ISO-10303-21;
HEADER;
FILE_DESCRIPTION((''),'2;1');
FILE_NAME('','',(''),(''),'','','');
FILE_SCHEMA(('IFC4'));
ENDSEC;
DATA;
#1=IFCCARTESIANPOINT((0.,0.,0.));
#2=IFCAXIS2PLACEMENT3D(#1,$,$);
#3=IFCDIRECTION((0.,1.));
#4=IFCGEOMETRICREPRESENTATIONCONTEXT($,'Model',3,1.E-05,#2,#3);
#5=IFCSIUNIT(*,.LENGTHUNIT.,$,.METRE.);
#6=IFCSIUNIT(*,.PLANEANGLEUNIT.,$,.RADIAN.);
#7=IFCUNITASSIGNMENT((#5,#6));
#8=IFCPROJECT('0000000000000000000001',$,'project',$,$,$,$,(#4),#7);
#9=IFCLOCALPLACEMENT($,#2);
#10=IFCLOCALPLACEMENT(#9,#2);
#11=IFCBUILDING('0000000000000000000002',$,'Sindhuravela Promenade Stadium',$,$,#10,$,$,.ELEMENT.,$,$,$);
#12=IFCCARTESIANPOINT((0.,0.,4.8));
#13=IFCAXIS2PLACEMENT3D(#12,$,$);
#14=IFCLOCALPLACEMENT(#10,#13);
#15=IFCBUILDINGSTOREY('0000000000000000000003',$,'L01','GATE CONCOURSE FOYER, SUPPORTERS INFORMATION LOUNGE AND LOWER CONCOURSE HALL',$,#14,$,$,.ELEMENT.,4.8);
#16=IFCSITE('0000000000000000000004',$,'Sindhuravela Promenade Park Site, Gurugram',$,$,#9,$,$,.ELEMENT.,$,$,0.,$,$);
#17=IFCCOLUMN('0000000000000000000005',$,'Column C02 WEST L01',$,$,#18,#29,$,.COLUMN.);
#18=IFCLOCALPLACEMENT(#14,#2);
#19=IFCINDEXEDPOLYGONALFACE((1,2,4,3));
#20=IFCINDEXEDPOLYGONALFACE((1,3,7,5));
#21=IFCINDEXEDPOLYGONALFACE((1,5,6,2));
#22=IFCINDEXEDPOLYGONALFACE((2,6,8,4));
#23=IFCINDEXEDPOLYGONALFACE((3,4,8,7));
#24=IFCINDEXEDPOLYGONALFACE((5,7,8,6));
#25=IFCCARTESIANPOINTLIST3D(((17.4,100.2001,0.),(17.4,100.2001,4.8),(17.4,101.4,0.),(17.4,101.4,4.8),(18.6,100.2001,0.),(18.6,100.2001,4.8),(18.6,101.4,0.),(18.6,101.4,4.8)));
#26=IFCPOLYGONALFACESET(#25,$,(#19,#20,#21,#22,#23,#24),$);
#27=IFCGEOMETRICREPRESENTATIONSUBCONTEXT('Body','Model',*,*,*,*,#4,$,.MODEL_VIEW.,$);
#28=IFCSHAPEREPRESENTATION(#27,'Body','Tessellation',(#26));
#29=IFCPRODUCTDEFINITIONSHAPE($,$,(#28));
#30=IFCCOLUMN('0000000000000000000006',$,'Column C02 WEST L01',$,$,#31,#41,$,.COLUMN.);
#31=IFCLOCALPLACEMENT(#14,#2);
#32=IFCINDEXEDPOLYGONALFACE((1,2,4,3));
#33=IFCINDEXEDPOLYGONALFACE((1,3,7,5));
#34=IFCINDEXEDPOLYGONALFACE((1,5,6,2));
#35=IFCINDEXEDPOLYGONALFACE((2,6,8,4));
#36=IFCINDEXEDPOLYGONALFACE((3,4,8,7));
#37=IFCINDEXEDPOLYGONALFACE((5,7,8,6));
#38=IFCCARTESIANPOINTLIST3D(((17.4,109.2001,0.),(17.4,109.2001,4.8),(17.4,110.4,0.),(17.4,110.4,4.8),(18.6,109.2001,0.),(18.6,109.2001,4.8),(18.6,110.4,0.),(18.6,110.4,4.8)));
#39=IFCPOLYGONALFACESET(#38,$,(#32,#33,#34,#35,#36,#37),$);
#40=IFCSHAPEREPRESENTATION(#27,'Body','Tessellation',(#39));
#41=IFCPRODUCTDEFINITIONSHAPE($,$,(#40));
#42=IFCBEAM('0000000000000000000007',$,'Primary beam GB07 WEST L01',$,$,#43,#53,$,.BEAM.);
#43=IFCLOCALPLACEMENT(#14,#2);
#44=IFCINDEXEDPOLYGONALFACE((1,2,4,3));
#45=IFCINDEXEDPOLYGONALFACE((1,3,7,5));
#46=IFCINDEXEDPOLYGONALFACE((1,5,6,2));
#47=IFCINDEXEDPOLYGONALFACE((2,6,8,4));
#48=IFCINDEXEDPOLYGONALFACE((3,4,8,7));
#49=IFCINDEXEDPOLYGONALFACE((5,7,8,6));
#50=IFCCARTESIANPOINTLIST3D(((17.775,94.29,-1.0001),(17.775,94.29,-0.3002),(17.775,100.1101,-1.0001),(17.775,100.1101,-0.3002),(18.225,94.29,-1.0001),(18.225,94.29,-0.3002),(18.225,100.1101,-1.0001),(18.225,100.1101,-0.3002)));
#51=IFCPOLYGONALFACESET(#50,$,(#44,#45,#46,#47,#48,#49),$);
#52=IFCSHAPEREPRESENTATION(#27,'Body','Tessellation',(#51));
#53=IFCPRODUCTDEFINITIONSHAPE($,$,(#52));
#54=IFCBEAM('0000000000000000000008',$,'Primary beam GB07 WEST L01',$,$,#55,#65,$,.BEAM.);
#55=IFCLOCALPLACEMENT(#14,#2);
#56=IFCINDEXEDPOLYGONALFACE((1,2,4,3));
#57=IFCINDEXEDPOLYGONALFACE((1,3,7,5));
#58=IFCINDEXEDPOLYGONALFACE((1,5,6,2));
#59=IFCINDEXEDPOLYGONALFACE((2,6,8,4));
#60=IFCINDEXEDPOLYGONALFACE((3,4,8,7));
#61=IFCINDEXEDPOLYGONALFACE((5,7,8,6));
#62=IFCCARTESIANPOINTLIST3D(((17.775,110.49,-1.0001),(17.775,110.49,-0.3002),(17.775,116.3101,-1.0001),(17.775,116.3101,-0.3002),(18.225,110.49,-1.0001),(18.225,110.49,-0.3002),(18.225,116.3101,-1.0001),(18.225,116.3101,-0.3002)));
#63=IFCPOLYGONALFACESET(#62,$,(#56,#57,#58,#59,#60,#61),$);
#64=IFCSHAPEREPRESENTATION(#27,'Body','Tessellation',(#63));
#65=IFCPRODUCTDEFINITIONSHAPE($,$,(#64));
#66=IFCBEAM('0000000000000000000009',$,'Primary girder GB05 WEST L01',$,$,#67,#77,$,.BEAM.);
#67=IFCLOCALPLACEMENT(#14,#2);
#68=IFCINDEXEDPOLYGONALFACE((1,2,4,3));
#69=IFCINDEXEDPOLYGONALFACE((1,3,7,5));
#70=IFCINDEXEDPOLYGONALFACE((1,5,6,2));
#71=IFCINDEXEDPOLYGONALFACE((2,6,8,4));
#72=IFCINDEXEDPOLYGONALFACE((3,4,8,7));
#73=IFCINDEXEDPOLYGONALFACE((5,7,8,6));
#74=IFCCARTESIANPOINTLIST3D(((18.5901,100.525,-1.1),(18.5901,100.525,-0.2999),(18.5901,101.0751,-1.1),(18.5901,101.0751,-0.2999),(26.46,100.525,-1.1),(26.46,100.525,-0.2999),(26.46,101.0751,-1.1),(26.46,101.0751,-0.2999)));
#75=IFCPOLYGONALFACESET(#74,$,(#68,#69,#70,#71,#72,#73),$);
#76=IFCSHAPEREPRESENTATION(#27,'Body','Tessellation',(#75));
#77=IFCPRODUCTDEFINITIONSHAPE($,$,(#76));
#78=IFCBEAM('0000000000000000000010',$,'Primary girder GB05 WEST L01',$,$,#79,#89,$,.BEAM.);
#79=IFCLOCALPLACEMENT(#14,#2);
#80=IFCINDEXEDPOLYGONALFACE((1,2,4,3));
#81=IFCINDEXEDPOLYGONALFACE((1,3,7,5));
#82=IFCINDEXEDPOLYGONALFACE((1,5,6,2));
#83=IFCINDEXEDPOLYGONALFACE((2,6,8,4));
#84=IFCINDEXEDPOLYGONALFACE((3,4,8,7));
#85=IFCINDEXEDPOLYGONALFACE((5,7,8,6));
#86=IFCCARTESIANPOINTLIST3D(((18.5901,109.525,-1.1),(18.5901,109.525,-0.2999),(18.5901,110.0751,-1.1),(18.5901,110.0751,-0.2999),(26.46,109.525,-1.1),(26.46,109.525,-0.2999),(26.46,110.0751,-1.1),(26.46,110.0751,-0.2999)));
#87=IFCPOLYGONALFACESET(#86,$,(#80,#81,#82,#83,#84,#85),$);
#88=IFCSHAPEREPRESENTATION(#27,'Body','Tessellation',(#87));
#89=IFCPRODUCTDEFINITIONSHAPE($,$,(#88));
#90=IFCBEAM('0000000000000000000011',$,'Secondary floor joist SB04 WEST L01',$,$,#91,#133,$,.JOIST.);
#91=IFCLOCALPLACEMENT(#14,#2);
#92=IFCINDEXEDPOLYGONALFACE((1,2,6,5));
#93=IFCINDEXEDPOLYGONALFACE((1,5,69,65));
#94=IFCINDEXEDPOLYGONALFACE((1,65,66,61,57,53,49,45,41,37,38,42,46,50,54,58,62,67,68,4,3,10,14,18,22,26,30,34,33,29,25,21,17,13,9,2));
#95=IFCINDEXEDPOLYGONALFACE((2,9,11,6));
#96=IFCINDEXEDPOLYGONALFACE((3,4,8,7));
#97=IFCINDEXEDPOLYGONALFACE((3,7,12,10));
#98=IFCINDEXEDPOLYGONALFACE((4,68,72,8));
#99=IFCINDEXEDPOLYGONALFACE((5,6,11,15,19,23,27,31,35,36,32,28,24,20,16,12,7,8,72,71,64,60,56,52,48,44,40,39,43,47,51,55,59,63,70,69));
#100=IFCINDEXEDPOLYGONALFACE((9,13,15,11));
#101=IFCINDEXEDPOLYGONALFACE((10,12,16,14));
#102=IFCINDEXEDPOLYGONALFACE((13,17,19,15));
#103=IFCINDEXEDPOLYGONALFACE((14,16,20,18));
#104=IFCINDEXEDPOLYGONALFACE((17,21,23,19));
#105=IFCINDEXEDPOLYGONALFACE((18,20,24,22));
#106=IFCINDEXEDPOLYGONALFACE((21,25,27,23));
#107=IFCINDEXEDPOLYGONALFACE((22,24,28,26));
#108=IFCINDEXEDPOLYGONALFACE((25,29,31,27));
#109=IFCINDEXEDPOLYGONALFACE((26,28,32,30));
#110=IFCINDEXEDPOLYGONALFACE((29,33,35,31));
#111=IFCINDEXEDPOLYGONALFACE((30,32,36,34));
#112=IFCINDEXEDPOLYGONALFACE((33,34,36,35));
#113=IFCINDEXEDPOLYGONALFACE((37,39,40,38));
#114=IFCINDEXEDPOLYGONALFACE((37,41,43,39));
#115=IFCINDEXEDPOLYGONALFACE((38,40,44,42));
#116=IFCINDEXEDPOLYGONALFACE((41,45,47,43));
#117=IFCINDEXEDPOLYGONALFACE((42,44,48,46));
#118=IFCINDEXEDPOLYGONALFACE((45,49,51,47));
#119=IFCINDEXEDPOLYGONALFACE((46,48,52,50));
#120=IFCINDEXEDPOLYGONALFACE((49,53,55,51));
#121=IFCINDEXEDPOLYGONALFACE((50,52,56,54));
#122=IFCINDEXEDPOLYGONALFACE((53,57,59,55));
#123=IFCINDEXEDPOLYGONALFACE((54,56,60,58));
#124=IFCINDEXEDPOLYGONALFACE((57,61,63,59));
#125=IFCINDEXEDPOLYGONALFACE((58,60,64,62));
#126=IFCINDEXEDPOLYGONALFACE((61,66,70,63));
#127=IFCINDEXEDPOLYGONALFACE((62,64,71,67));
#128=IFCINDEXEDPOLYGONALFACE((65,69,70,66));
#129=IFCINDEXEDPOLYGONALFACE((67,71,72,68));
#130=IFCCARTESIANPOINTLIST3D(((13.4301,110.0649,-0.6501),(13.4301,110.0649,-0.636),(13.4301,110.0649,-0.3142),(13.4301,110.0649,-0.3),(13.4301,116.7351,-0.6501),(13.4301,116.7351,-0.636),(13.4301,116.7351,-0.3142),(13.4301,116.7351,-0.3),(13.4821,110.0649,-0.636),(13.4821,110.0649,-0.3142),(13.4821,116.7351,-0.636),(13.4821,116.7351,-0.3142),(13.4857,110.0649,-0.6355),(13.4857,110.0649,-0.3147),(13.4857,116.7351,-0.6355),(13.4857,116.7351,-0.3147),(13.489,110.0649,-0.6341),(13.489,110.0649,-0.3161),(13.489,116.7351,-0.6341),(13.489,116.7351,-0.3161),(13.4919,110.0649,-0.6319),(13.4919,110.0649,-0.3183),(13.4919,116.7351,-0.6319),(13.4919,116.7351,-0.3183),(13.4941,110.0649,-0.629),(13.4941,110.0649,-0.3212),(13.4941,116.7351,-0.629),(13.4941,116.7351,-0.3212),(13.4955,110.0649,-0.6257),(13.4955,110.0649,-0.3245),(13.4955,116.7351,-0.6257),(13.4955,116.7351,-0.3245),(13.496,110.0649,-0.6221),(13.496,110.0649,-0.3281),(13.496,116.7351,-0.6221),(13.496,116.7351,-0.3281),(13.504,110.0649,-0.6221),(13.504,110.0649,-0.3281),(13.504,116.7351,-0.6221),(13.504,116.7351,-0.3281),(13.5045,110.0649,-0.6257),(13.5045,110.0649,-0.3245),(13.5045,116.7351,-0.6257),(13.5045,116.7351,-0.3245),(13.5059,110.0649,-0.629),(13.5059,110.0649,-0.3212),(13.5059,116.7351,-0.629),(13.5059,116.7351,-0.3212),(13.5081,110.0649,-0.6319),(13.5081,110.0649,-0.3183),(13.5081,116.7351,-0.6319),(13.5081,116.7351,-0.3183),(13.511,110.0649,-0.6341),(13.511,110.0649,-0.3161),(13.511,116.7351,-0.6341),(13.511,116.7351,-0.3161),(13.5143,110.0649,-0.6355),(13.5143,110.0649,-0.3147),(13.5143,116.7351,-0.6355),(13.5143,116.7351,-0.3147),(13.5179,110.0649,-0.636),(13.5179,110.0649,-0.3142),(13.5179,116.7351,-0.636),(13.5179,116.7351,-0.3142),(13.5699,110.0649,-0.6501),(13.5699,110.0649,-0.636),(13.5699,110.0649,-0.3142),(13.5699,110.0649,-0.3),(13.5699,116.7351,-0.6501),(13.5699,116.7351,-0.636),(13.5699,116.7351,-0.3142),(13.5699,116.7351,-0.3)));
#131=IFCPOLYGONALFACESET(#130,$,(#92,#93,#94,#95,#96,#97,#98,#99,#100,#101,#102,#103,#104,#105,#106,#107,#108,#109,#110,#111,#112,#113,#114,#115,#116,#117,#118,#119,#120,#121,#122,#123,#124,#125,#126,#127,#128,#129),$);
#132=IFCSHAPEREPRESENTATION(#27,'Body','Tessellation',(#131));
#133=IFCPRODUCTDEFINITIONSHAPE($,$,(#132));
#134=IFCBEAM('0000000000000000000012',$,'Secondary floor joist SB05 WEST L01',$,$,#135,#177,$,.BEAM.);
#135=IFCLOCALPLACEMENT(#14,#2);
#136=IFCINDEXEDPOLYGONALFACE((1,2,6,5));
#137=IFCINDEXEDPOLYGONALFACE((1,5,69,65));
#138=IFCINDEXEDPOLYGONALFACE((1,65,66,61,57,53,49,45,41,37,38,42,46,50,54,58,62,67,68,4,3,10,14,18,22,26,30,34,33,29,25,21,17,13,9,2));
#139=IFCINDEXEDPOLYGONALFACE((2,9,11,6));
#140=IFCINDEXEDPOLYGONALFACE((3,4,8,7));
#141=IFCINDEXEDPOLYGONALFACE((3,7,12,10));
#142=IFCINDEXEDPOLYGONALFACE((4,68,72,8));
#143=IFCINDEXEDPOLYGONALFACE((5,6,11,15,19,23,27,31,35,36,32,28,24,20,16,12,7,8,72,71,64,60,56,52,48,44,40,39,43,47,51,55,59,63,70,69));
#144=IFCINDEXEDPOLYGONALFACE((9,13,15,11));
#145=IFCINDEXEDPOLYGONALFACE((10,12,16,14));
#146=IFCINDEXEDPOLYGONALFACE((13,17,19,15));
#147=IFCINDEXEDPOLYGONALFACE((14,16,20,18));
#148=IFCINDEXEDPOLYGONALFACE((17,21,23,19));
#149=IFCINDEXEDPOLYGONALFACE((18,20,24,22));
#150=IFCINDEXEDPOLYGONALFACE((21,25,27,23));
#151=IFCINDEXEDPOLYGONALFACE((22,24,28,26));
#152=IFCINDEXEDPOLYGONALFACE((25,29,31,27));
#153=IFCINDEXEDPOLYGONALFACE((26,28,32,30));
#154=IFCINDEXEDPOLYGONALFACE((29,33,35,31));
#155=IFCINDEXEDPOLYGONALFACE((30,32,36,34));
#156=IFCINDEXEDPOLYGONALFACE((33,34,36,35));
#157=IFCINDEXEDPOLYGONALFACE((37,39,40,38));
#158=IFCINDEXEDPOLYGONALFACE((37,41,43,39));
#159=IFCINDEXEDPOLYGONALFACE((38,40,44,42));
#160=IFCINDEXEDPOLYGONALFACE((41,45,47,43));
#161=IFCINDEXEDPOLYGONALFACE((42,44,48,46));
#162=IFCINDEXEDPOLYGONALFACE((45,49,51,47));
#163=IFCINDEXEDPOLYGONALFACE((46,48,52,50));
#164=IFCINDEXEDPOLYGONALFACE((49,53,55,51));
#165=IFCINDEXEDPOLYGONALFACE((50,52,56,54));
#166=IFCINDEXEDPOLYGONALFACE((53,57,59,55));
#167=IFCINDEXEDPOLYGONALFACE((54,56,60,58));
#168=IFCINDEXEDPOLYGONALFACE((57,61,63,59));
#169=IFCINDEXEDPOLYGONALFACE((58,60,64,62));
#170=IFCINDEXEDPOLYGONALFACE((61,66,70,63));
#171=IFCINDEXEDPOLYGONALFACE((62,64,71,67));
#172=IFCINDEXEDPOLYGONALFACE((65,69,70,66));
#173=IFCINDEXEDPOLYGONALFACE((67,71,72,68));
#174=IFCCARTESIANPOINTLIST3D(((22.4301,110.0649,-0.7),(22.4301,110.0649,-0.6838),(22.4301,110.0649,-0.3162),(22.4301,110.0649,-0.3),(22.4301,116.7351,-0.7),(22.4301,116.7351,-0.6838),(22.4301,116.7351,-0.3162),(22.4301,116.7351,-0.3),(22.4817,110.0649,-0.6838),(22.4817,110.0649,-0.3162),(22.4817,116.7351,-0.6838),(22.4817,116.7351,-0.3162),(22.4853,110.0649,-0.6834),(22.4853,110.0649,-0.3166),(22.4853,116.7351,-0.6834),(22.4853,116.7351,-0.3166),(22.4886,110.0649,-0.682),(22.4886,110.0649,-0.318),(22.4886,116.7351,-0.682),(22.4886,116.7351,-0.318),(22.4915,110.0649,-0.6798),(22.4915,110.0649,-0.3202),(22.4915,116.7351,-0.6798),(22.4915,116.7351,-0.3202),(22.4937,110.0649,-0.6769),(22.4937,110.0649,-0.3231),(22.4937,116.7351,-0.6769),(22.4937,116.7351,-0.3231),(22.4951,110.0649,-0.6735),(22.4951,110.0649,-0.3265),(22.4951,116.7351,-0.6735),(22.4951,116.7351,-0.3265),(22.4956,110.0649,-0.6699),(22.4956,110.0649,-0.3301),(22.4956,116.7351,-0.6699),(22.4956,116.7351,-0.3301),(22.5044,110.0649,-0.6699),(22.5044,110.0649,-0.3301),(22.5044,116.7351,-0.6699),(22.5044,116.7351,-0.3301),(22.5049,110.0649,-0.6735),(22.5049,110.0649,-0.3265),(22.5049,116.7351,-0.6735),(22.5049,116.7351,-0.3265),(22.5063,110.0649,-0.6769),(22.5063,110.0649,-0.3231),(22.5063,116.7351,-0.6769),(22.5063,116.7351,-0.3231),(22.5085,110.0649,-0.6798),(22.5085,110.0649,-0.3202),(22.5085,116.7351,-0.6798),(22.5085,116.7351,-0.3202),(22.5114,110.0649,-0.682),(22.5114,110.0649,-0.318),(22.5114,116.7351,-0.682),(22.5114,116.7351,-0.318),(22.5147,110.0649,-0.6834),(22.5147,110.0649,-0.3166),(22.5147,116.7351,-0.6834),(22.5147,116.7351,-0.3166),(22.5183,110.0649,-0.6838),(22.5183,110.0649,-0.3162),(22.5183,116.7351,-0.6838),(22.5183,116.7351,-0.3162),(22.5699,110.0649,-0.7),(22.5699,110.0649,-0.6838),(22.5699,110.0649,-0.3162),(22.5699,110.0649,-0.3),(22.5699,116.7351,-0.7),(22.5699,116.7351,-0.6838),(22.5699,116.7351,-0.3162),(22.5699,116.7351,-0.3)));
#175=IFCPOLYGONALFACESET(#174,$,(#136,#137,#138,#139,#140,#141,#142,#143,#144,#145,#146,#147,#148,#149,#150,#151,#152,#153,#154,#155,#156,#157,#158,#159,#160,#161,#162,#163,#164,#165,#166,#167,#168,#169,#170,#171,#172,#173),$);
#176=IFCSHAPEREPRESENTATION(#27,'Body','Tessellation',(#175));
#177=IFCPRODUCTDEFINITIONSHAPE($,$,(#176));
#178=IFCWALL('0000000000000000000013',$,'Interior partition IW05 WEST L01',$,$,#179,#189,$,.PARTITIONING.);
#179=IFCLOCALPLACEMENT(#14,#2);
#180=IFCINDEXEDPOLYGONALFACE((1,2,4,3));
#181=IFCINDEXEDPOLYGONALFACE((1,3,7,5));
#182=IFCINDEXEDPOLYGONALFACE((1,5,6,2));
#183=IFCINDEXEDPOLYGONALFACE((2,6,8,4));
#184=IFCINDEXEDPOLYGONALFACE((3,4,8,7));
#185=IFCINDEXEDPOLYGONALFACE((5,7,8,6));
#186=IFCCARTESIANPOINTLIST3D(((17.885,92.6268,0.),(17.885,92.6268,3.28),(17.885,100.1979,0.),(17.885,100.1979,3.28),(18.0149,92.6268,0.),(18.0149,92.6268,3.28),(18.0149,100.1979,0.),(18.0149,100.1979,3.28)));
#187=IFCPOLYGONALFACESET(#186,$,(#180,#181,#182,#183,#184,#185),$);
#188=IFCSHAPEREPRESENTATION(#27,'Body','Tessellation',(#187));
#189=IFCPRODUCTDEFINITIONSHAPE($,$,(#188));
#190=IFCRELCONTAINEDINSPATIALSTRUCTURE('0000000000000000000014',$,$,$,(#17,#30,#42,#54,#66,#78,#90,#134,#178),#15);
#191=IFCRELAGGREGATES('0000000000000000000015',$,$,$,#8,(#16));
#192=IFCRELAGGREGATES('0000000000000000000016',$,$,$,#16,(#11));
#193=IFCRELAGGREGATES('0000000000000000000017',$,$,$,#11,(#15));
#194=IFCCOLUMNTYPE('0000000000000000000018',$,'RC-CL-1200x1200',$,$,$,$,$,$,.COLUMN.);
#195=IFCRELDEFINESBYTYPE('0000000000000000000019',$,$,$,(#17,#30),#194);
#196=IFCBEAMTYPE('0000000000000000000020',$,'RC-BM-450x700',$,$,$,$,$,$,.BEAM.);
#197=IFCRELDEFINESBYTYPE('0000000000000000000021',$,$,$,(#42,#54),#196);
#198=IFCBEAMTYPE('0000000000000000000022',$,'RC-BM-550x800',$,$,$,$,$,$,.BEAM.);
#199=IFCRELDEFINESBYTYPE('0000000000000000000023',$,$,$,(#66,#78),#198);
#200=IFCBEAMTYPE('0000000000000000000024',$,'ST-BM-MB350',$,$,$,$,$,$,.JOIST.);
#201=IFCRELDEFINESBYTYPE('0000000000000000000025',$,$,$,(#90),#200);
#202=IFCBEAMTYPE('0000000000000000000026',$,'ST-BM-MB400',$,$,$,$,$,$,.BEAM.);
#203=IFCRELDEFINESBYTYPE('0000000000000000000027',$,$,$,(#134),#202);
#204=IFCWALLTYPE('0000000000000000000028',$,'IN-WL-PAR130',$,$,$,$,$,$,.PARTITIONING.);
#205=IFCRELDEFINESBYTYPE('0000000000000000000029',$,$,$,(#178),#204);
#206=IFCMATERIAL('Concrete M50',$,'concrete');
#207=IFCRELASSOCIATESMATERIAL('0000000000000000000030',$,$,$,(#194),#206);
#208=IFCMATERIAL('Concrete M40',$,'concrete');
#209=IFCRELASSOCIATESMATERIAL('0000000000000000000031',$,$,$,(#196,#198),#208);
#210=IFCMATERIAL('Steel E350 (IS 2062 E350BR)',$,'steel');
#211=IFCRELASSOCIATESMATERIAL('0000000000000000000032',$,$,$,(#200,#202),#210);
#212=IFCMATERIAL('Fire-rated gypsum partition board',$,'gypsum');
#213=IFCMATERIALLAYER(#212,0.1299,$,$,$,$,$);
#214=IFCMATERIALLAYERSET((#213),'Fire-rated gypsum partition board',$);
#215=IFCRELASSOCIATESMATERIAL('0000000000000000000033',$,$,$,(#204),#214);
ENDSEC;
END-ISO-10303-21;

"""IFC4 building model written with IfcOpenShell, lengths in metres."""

from ifc_helpers import new_model, si_unit, direction, frame, frame_2d, origin, origin_2d, place, context, subcontext, project, spatial, rectangle, i_section, extrude, material, layer, layer_set, material_profile, profile_set, type_object, element, save


model = new_model("IFC4")

# Units and contexts
model_context = context("Model", 3, precision=1e-05, world=origin(), true_north=direction((0.0, 1.0)))
body_context = subcontext(model_context, "Body", "Model", "MODEL_VIEW")
ifc_project = project(units=[si_unit("LENGTHUNIT", "METRE"), si_unit("PLANEANGLEUNIT", "RADIAN")], contexts=[model_context])

# Site, building, storey
site_placement = place(None, origin())
site = spatial("IfcSite", under=ifc_project, at=site_placement, Name="Sindhuravela Promenade Park Site, Gurugram", CompositionType="ELEMENT", RefElevation=0.0)
building_placement = place(site_placement, origin())
building = spatial("IfcBuilding", under=site, at=building_placement, Name="Sindhuravela Promenade Stadium", CompositionType="ELEMENT")
storey_placement = place(building_placement, frame((0.0, 0.0, 4.8)))
storey = spatial("IfcBuildingStorey", under=building, at=storey_placement, Name="L01", Description="GATE CONCOURSE FOYER, SUPPORTERS INFORMATION LOUNGE AND LOWER CONCOURSE HALL", CompositionType="ELEMENT", Elevation=4.8)

# Columns
ifc_material_1 = material(Name="Concrete M50", Category="concrete")
ifc_material_profile_1 = material_profile(ifc_material_1, rectangle(XDim=1.2, YDim=1.2, at=origin_2d()), Name="RC 1200x1200")
ifc_profile_set_1 = profile_set([ifc_material_profile_1], Name="Concrete M50")
column_type = type_object("IfcColumnType", Name="RC-CL-1200x1200", PredefinedType="COLUMN", material=ifc_profile_set_1)
for number, where, z_axis, x_axis, name in (
    (1, (18.0, 100.8, 0.0), (0.0, 0.0, 1.0), (1.0, 0.0, 0.0), "Column C02 WEST L01"),
    (2, (18.0, 109.8, 0.0), (0.0, 0.0, 1.0), (1.0, 0.0, 0.0), "Column C02 WEST L01"),
):
    element("IfcColumn", number, at=place(storey_placement, frame(where, z_axis=z_axis, x_axis=x_axis)), inside=storey, type_object=column_type, Name=name, PredefinedType="COLUMN", context=body_context, shape_type="SweptSolid", body=[
        extrude(rectangle(XDim=1.2, YDim=1.2, at=origin_2d()), origin(), (0.0, 0.0, 1.0), 4.8),
    ])

# Beams
ifc_material_2 = material(Name="Concrete M40", Category="concrete")
ifc_material_profile_2 = material_profile(ifc_material_2, rectangle(XDim=0.45, YDim=0.7, at=origin_2d()), Name="RC 450x700")
ifc_profile_set_2 = profile_set([ifc_material_profile_2], Name="Concrete M40")
beam_type_1 = type_object("IfcBeamType", Name="RC-BM-450x700", PredefinedType="BEAM", material=ifc_profile_set_2)
for number, where, z_axis, x_axis, name in (
    (3, (18.0, 94.29, -0.6501), (0.0, 1.0, 0.0), (-1.0, 0.0, 0.0), "Primary beam GB07 WEST L01"),
    (4, (18.0, 110.49, -0.6501), (0.0, 1.0, 0.0), (-1.0, 0.0, 0.0), "Primary beam GB07 WEST L01"),
):
    element("IfcBeam", number, at=place(storey_placement, frame(where, z_axis=z_axis, x_axis=x_axis)), inside=storey, type_object=beam_type_1, Name=name, PredefinedType="BEAM", context=body_context, shape_type="SweptSolid", body=[
        extrude(rectangle(XDim=0.45, YDim=0.7, at=origin_2d()), origin(), (0.0, 0.0, 1.0), 5.8201),
    ])
ifc_material_profile_3 = material_profile(ifc_material_2, rectangle(XDim=0.55, YDim=0.8, at=origin_2d()), Name="RC 550x800")
ifc_profile_set_3 = profile_set([ifc_material_profile_3], Name="Concrete M40")
beam_type_2 = type_object("IfcBeamType", Name="RC-BM-550x800", PredefinedType="BEAM", material=ifc_profile_set_3)
for number, where, z_axis, x_axis, name in (
    (5, (18.5901, 100.8, -0.7), (1.0, 0.0, 0.0), (0.0, 1.0, 0.0), "Primary girder GB05 WEST L01"),
    (6, (18.5901, 109.8, -0.7), (1.0, 0.0, 0.0), (0.0, 1.0, 0.0), "Primary girder GB05 WEST L01"),
):
    element("IfcBeam", number, at=place(storey_placement, frame(where, z_axis=z_axis, x_axis=x_axis)), inside=storey, type_object=beam_type_2, Name=name, PredefinedType="BEAM", context=body_context, shape_type="SweptSolid", body=[
        extrude(rectangle(XDim=0.55, YDim=0.8, at=origin_2d()), origin(), (0.0, 0.0, 1.0), 7.8699),
    ])
ifc_material_3 = material(Name="Steel E350 (IS 2062 E350BR)", Category="steel")
ifc_material_profile_4 = material_profile(ifc_material_3, i_section(OverallWidth=0.1399, OverallDepth=0.3501, WebThickness=0.0081, FlangeThickness=0.0142, FilletRadius=0.0139, at=origin_2d()), Name="ISMB 350")
ifc_profile_set_4 = profile_set([ifc_material_profile_4], Name="Steel E350 (IS 2062 E350BR)")
beam_type_3 = type_object("IfcBeamType", Name="ST-BM-MB350", PredefinedType="JOIST", material=ifc_profile_set_4)
beam_1_placement = place(storey_placement, frame((13.5, 110.0649, -0.4751), z_axis=(0.0, 1.0, 0.0), x_axis=(-1.0, 0.0, 0.0)))
element("IfcBeam", 7, at=beam_1_placement, inside=storey, type_object=beam_type_3, Name="Secondary floor joist SB04 WEST L01", PredefinedType="JOIST", context=body_context, shape_type="SweptSolid", body=[
    extrude(i_section(OverallWidth=0.1399, OverallDepth=0.3501, WebThickness=0.0081, FlangeThickness=0.0142, FilletRadius=0.0139, at=origin_2d()), origin(), (0.0, 0.0, 1.0), 6.6702),
])
ifc_material_profile_5 = material_profile(ifc_material_3, i_section(OverallWidth=0.1399, OverallDepth=0.3999, WebThickness=0.0088, FlangeThickness=0.0161, FilletRadius=0.0139, at=origin_2d()), Name="ISMB 400")
ifc_profile_set_5 = profile_set([ifc_material_profile_5], Name="Steel E350 (IS 2062 E350BR)")
beam_type_4 = type_object("IfcBeamType", Name="ST-BM-MB400", PredefinedType="BEAM", material=ifc_profile_set_5)
beam_2_placement = place(storey_placement, frame((22.5, 110.0649, -0.5), z_axis=(0.0, 1.0, 0.0), x_axis=(-1.0, 0.0, 0.0)))
element("IfcBeam", 8, at=beam_2_placement, inside=storey, type_object=beam_type_4, Name="Secondary floor joist SB05 WEST L01", PredefinedType="BEAM", context=body_context, shape_type="SweptSolid", body=[
    extrude(i_section(OverallWidth=0.1399, OverallDepth=0.3999, WebThickness=0.0088, FlangeThickness=0.0161, FilletRadius=0.0139, at=origin_2d()), origin(), (0.0, 0.0, 1.0), 6.6702),
])

# Wall
ifc_material_4 = material(Name="Fire-rated gypsum partition board", Category="gypsum")
ifc_layer_1 = layer(ifc_material_4, 0.1299)
ifc_layer_set_1 = layer_set([ifc_layer_1], Name="Fire-rated gypsum partition board")
wall_type_1 = type_object("IfcWallType", Name="IN-WL-PAR130", PredefinedType="PARTITIONING", material=ifc_layer_set_1)
wall_1_placement = place(storey_placement, frame((17.95, 100.198, 0.0), z_axis=(0.0, 0.0, 1.0), x_axis=(0.0, -1.0, 0.0)))
element("IfcWall", 9, at=wall_1_placement, inside=storey, type_object=wall_type_1, Name="Interior partition IW05 WEST L01", PredefinedType="PARTITIONING", context=body_context, shape_type="SweptSolid", body=[
    extrude(rectangle(XDim=7.571, YDim=0.1299, at=frame_2d((3.7856, 0.0))), origin(), (0.0, 0.0, 1.0), 3.28),
])

save(model, "model.ifc")
